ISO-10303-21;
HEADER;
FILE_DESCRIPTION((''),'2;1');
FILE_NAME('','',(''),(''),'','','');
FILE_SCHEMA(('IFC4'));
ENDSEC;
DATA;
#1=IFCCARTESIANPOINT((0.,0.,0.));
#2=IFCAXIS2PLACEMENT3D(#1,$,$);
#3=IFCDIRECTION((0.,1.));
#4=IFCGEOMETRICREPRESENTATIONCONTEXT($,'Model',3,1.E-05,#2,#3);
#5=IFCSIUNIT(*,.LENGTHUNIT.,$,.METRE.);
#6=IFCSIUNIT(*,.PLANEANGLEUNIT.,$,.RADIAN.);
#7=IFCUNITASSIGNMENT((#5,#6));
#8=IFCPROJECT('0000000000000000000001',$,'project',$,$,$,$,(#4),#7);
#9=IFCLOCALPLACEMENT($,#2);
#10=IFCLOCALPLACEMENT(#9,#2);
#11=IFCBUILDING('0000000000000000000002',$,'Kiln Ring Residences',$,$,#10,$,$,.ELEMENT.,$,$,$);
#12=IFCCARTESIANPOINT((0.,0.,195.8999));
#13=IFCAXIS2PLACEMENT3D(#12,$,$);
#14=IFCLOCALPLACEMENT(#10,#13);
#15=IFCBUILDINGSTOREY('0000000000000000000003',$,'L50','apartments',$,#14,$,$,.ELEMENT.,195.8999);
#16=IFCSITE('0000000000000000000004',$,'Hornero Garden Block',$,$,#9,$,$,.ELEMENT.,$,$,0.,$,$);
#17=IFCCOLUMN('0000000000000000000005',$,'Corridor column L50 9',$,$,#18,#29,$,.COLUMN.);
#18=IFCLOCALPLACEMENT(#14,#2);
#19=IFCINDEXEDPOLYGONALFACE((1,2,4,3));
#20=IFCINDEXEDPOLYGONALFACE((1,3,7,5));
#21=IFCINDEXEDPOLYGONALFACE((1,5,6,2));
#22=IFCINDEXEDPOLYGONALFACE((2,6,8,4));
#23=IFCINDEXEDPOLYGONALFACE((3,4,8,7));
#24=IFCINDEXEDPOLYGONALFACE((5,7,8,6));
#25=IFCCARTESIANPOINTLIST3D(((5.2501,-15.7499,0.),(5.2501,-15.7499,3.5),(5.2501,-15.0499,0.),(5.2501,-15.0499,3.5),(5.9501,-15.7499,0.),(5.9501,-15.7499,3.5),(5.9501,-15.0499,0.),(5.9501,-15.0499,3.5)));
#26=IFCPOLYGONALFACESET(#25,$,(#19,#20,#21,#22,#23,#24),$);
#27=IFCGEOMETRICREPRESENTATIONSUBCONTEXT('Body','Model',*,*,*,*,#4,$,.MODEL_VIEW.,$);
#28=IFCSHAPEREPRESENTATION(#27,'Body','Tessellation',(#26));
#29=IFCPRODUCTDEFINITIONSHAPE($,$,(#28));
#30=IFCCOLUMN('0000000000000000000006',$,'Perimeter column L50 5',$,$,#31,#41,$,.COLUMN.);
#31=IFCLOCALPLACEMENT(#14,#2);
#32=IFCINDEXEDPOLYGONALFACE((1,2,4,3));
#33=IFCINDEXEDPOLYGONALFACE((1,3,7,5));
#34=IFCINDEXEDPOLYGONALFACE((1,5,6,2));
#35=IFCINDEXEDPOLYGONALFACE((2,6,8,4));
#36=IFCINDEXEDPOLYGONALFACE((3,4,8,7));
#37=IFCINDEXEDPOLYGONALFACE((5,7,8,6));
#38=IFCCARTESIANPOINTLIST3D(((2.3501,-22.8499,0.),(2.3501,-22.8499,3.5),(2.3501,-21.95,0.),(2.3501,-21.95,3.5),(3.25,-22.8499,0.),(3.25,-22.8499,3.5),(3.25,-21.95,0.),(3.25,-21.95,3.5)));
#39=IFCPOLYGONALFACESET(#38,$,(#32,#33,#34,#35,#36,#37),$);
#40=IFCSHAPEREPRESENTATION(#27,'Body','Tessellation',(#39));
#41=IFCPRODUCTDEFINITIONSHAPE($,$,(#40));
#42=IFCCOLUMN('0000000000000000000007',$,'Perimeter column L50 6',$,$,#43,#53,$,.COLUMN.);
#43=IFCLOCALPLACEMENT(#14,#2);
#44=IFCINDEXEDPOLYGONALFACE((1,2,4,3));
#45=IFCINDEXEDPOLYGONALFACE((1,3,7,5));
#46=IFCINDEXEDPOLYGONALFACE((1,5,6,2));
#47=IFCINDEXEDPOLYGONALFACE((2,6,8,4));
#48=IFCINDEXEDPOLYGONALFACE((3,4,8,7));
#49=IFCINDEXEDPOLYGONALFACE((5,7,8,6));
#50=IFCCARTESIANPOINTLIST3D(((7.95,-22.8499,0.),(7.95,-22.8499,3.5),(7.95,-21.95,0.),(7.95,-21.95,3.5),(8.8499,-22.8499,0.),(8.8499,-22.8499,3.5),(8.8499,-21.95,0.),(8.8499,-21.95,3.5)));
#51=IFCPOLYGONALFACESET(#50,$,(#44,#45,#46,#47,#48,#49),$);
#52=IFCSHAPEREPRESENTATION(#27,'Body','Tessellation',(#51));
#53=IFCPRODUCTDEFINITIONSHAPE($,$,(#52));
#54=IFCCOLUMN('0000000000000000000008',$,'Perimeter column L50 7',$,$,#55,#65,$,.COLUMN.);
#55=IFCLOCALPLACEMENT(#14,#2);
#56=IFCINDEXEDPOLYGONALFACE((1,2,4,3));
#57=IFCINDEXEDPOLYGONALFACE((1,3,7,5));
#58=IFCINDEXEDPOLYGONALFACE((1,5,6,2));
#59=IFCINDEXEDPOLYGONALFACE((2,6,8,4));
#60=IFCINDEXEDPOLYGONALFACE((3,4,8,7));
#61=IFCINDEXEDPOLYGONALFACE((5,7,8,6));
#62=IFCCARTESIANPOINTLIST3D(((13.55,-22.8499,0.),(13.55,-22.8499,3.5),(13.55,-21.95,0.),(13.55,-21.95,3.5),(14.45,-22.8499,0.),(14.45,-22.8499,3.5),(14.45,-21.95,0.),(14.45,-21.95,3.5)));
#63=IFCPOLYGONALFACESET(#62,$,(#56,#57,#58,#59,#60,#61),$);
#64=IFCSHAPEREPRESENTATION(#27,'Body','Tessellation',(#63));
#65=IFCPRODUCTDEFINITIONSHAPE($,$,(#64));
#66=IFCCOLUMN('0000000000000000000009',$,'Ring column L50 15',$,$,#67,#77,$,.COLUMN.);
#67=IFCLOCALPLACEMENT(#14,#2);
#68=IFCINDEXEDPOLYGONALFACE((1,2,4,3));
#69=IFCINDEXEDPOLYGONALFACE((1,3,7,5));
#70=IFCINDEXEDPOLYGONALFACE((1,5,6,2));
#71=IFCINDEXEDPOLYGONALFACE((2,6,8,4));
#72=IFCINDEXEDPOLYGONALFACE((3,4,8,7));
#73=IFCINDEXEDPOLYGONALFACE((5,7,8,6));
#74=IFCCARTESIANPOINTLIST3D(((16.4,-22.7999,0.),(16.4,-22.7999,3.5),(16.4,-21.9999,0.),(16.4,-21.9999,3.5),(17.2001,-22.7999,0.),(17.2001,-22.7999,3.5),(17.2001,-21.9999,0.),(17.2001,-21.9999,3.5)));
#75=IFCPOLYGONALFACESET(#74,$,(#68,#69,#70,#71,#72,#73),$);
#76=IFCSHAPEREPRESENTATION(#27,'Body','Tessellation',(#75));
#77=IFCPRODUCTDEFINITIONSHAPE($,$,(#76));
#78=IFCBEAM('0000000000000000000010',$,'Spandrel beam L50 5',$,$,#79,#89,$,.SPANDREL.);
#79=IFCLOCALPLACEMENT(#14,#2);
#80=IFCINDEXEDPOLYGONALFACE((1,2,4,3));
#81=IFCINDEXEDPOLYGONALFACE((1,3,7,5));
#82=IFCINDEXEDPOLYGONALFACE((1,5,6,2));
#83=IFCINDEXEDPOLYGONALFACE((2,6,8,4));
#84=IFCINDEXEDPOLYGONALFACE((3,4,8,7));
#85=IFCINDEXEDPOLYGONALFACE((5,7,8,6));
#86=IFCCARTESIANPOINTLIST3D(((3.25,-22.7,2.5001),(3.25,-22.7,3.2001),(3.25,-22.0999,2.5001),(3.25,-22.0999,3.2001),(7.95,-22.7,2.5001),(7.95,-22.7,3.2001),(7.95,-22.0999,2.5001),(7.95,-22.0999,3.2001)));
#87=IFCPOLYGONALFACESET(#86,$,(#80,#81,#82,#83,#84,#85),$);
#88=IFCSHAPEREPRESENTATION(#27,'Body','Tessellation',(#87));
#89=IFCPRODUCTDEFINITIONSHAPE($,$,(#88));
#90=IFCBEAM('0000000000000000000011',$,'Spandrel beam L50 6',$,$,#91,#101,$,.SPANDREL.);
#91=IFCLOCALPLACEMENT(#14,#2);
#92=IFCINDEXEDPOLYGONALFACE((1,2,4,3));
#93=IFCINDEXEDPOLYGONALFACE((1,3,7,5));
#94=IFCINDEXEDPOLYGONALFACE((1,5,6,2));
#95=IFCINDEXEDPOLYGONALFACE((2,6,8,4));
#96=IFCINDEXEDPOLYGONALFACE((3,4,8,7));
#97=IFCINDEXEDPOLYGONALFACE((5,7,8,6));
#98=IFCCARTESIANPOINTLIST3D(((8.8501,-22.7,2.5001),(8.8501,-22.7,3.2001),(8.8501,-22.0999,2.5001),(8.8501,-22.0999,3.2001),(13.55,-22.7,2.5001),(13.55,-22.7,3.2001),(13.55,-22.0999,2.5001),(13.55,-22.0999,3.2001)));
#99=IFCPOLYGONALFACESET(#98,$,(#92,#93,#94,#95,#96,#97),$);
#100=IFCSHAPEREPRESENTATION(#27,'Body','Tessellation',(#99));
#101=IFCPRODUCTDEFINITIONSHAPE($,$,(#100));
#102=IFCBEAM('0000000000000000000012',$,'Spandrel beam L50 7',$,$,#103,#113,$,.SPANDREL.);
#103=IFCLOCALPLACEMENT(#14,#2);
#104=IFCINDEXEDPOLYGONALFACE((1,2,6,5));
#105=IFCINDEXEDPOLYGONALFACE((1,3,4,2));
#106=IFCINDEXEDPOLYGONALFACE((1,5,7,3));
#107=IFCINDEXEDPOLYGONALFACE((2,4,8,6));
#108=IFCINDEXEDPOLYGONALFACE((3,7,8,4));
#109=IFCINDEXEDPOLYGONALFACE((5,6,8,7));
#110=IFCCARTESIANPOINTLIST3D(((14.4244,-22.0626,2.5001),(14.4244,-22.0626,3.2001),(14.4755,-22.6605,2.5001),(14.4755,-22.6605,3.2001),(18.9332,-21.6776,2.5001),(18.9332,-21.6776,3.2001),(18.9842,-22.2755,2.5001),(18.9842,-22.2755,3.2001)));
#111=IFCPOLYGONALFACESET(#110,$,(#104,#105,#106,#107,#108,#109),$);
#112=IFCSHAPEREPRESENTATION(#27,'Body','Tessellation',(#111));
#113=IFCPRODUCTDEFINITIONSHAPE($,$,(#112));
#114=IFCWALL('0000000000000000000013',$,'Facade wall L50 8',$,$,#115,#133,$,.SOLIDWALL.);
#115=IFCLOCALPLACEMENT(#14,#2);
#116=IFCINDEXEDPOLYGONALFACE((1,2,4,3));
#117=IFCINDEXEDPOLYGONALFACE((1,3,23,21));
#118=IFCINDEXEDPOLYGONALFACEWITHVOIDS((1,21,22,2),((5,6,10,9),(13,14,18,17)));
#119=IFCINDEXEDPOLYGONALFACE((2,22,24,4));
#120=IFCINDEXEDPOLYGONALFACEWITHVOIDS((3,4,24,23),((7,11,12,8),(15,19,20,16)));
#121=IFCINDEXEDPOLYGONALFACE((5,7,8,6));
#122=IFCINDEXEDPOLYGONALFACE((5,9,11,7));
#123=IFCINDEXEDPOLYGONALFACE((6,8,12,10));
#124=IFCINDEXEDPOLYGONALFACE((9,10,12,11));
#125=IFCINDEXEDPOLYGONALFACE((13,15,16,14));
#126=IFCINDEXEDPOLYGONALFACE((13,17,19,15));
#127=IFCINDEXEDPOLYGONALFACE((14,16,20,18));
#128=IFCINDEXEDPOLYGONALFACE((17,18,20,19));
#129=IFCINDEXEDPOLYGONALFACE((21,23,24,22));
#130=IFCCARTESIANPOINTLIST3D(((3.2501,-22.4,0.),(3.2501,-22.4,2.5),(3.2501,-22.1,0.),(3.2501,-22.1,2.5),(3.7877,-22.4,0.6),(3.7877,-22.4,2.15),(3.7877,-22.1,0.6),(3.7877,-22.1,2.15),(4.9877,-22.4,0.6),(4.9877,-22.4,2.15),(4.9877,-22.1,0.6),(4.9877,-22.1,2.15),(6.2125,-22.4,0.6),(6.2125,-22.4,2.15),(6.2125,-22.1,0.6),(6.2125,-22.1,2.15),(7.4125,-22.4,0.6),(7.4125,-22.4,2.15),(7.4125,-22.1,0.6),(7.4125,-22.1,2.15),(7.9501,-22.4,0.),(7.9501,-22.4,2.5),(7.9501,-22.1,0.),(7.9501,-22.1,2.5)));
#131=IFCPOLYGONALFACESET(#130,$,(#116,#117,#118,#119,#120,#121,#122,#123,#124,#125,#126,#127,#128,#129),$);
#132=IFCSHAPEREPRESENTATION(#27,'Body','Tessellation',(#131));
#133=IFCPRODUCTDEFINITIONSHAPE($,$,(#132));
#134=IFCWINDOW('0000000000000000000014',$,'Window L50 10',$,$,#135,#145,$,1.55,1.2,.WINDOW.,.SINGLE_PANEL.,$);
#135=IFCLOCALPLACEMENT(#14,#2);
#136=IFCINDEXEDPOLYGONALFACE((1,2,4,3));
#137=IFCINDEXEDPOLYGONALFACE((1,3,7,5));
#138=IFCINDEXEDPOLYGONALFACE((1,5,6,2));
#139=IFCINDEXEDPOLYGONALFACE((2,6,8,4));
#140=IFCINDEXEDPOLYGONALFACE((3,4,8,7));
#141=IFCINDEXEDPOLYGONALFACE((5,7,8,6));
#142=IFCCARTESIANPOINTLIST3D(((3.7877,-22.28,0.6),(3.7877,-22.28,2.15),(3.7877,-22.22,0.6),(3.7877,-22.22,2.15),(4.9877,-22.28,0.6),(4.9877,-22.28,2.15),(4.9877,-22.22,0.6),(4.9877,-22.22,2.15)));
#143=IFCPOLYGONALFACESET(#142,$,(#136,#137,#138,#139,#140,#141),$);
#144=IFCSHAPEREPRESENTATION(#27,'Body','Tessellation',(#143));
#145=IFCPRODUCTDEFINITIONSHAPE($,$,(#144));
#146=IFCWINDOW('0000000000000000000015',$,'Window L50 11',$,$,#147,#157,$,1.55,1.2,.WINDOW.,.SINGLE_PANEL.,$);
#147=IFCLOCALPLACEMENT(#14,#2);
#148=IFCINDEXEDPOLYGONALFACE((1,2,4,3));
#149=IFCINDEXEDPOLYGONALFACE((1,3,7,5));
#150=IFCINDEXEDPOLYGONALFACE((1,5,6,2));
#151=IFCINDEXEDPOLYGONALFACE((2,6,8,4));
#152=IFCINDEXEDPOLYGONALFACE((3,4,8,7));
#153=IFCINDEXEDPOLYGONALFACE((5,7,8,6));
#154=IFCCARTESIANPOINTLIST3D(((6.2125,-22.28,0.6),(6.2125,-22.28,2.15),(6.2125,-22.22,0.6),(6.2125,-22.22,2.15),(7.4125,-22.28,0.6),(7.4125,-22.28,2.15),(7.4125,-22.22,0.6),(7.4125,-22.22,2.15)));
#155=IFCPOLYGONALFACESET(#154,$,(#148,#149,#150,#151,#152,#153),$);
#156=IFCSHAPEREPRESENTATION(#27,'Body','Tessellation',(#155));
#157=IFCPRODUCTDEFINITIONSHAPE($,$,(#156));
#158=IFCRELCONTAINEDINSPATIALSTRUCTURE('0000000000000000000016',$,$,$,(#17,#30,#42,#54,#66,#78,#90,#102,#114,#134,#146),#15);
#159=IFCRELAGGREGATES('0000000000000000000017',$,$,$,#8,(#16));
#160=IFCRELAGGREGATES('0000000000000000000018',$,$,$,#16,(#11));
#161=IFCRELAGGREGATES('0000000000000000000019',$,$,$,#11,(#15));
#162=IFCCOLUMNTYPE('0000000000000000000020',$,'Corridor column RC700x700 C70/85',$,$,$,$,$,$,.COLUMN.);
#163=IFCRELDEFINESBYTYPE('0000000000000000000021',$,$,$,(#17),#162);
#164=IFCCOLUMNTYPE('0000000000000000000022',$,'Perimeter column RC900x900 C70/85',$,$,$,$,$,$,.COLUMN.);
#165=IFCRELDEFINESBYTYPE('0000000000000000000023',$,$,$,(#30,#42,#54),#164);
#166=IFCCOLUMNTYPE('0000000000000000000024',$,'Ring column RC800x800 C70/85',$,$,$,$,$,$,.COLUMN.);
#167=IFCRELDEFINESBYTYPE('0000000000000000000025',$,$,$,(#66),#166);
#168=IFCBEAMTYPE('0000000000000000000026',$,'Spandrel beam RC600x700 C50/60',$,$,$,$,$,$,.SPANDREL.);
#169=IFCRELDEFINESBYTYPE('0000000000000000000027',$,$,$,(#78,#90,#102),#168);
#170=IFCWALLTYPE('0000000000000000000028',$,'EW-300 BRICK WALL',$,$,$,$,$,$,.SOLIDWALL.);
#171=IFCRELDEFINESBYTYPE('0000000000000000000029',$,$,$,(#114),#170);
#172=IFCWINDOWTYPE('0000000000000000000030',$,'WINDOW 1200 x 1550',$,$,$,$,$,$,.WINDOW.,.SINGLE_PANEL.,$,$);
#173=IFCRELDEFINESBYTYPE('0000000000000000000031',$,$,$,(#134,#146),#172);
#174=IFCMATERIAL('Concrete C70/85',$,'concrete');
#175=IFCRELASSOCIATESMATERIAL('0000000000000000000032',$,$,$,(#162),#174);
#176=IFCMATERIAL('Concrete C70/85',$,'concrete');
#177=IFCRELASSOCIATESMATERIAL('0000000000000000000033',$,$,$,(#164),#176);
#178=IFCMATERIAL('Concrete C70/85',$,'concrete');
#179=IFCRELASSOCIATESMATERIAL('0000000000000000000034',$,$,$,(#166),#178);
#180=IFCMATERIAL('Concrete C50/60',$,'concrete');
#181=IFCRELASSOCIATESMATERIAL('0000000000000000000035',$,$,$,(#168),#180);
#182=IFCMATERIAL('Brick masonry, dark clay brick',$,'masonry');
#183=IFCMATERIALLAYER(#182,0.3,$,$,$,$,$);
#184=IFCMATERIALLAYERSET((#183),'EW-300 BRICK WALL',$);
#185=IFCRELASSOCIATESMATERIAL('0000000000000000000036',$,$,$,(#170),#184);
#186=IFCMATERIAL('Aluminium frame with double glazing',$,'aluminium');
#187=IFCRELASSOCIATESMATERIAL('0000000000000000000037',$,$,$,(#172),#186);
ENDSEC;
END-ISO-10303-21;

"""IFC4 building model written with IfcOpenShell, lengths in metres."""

from ifc_helpers import new_model, si_unit, direction, frame, frame_2d, origin, origin_2d, place, context, subcontext, project, spatial, rectangle, extrude, material, layer, layer_set, material_profile, profile_set, type_object, element, fill, save


model = new_model("IFC4")

# Units and contexts
model_context = context("Model", 3, precision=1e-05, world=origin(), true_north=direction((0.0, 1.0)))
body_context = subcontext(model_context, "Body", "Model", "MODEL_VIEW")
ifc_project = project(units=[si_unit("LENGTHUNIT", "METRE"), si_unit("PLANEANGLEUNIT", "RADIAN")], contexts=[model_context])

# Site, building, storey
site_placement = place(None, origin())
site = spatial("IfcSite", under=ifc_project, at=site_placement, Name="Hornero Garden Block", CompositionType="ELEMENT", RefElevation=0.0)
building_placement = place(site_placement, origin())
building = spatial("IfcBuilding", under=site, at=building_placement, Name="Kiln Ring Residences", CompositionType="ELEMENT")
storey_placement = place(building_placement, frame((0.0, 0.0, 195.8999)))
storey = spatial("IfcBuildingStorey", under=building, at=storey_placement, Name="L50", Description="apartments", CompositionType="ELEMENT", Elevation=195.8999)

# Columns
ifc_material_1 = material(Name="Concrete C70/85", Category="concrete")
ifc_material_profile_1 = material_profile(ifc_material_1, rectangle(XDim=0.7, YDim=0.7, at=origin_2d()), Name="RC700x700")
ifc_profile_set_1 = profile_set([ifc_material_profile_1], Name="Concrete C70/85")
column_type_1 = type_object("IfcColumnType", Name="Corridor column RC700x700 C70/85", PredefinedType="COLUMN", material=ifc_profile_set_1)
column_1_placement = place(storey_placement, frame((5.6001, -15.3999, 0.0), z_axis=(0.0, 0.0, 1.0), x_axis=(1.0, 0.0, 0.0)))
element("IfcColumn", 1, at=column_1_placement, inside=storey, type_object=column_type_1, Name="Corridor column L50 9", PredefinedType="COLUMN", context=body_context, shape_type="SweptSolid", body=[
    extrude(rectangle(XDim=0.7, YDim=0.7, at=origin_2d()), origin(), (0.0, 0.0, 1.0), 3.5),
])
ifc_material_2 = material(Name="Concrete C70/85", Category="concrete")
ifc_material_profile_2 = material_profile(ifc_material_2, rectangle(XDim=0.8999, YDim=0.8999, at=origin_2d()), Name="RC900x900")
ifc_profile_set_2 = profile_set([ifc_material_profile_2], Name="Concrete C70/85")
column_type_2 = type_object("IfcColumnType", Name="Perimeter column RC900x900 C70/85", PredefinedType="COLUMN", material=ifc_profile_set_2)
for number, where, z_axis, x_axis, name in (
    (2, (2.8, -22.3999, 0.0), (0.0, 0.0, 1.0), (1.0, 0.0, 0.0), "Perimeter column L50 5"),
    (3, (8.3999, -22.3999, 0.0), (0.0, 0.0, 1.0), (1.0, 0.0, 0.0), "Perimeter column L50 6"),
    (4, (14.0, -22.3999, 0.0), (0.0, 0.0, 1.0), (1.0, 0.0, 0.0), "Perimeter column L50 7"),
):
    element("IfcColumn", number, at=place(storey_placement, frame(where, z_axis=z_axis, x_axis=x_axis)), inside=storey, type_object=column_type_2, Name=name, PredefinedType="COLUMN", context=body_context, shape_type="SweptSolid", body=[
        extrude(rectangle(XDim=0.8999, YDim=0.8999, at=origin_2d()), origin(), (0.0, 0.0, 1.0), 3.5),
    ])
ifc_material_3 = material(Name="Concrete C70/85", Category="concrete")
ifc_material_profile_3 = material_profile(ifc_material_3, rectangle(XDim=0.8, YDim=0.8, at=origin_2d()), Name="RC800x800")
ifc_profile_set_3 = profile_set([ifc_material_profile_3], Name="Concrete C70/85")
column_type_3 = type_object("IfcColumnType", Name="Ring column RC800x800 C70/85", PredefinedType="COLUMN", material=ifc_profile_set_3)
column_2_placement = place(storey_placement, frame((16.8, -22.3999, 0.0), z_axis=(0.0, 0.0, 1.0), x_axis=(1.0, 0.0, 0.0)))
element("IfcColumn", 5, at=column_2_placement, inside=storey, type_object=column_type_3, Name="Ring column L50 15", PredefinedType="COLUMN", context=body_context, shape_type="SweptSolid", body=[
    extrude(rectangle(XDim=0.8, YDim=0.8, at=origin_2d()), origin(), (0.0, 0.0, 1.0), 3.5),
])

# Beams
ifc_material_4 = material(Name="Concrete C50/60", Category="concrete")
ifc_material_profile_4 = material_profile(ifc_material_4, rectangle(XDim=0.6001, YDim=0.7, at=origin_2d()), Name="RC600x700")
ifc_profile_set_4 = profile_set([ifc_material_profile_4], Name="Concrete C50/60")
beam_type = type_object("IfcBeamType", Name="Spandrel beam RC600x700 C50/60", PredefinedType="SPANDREL", material=ifc_profile_set_4)
for number, where, z_axis, x_axis, name in (
    (6, (3.25, -22.3999, 2.8501), (1.0, 0.0, 0.0), (0.0, 1.0, 0.0), "Spandrel beam L50 5"),
    (7, (8.8501, -22.3999, 2.8501), (1.0, 0.0, 0.0), (0.0, 1.0, 0.0), "Spandrel beam L50 6"),
):
    element("IfcBeam", number, at=place(storey_placement, frame(where, z_axis=z_axis, x_axis=x_axis)), inside=storey, type_object=beam_type, Name=name, PredefinedType="SPANDREL", context=body_context, shape_type="SweptSolid", body=[
        extrude(rectangle(XDim=0.6001, YDim=0.7, at=origin_2d()), origin(), (0.0, 0.0, 1.0), 4.7),
    ])
beam_placement = place(storey_placement, frame((14.45, -22.3616, 2.8501), z_axis=(0.996374, 0.085081, 0.0), x_axis=(-0.085081, 0.996374, 0.0)))
element("IfcBeam", 8, at=beam_placement, inside=storey, type_object=beam_type, Name="Spandrel beam L50 7", PredefinedType="SPANDREL", context=body_context, shape_type="SweptSolid", body=[
    extrude(rectangle(XDim=0.6001, YDim=0.7, at=origin_2d()), origin(), (0.0, 0.0, 1.0), 4.5251),
])

# Wall, openings, windows
ifc_material_5 = material(Name="Brick masonry, dark clay brick", Category="masonry")
ifc_layer_1 = layer(ifc_material_5, 0.3)
ifc_layer_set_1 = layer_set([ifc_layer_1], Name="EW-300 BRICK WALL")
wall_type_1 = type_object("IfcWallType", Name="EW-300 BRICK WALL", PredefinedType="SOLIDWALL", material=ifc_layer_set_1)
wall_1_placement = place(storey_placement, frame((3.25, -22.25, 0.0), z_axis=(0.0, 0.0, 1.0), x_axis=(1.0, 0.0, 0.0)))
wall_1 = element("IfcWall", 9, at=wall_1_placement, inside=storey, type_object=wall_type_1, Name="Facade wall L50 8", PredefinedType="SOLIDWALL", context=body_context, shape_type="SweptSolid", body=[
    extrude(rectangle(XDim=4.7, YDim=0.3, at=frame_2d((2.3501, 0.0))), origin(), (0.0, 0.0, 1.0), 2.5),
])
opening_1_placement = place(wall_1_placement, frame((0.5376, 0.0, 0.6001)))
opening_1 = element("IfcOpeningElement", 10, at=opening_1_placement, cuts=wall_1, PredefinedType="OPENING", context=body_context, shape_type="SweptSolid", body=[
    extrude(rectangle(XDim=1.2, YDim=1.55, at=frame_2d((0.6001, 0.7749))), frame((0.0, 0.1599, 0.0), z_axis=(0.0, -1.0, 0.0), x_axis=(1.0, 0.0, 0.0)), (0.0, 0.0, 1.0), 0.3201),
])
opening_2_placement = place(wall_1_placement, frame((2.9624, 0.0, 0.6001)))
opening_2 = element("IfcOpeningElement", 11, at=opening_2_placement, cuts=wall_1, PredefinedType="OPENING", context=body_context, shape_type="SweptSolid", body=[
    extrude(rectangle(XDim=1.2, YDim=1.55, at=frame_2d((0.6001, 0.7749))), frame((0.0, 0.1599, 0.0), z_axis=(0.0, -1.0, 0.0), x_axis=(1.0, 0.0, 0.0)), (0.0, 0.0, 1.0), 0.3201),
])
ifc_material_6 = material(Name="Aluminium frame with double glazing", Category="aluminium")
window_type = type_object("IfcWindowType", Name="WINDOW 1200 x 1550", PartitioningType="SINGLE_PANEL", PredefinedType="WINDOW", material=ifc_material_6)
window_1_placement = place(opening_1_placement, origin())
window_1 = element("IfcWindow", 12, at=window_1_placement, inside=storey, type_object=window_type, Name="Window L50 10", OverallHeight=1.55, OverallWidth=1.2, PartitioningType="SINGLE_PANEL", PredefinedType="WINDOW", context=body_context, shape_type="SweptSolid", body=[
    extrude(rectangle(XDim=1.2, YDim=1.55, at=frame_2d((0.6001, 0.7749))), frame((0.0, 0.03, 0.0), z_axis=(0.0, -1.0, 0.0), x_axis=(1.0, 0.0, 0.0)), (0.0, 0.0, 1.0), 0.0601),
])
fill(opening_1, window_1)
window_2_placement = place(opening_2_placement, origin())
window_2 = element("IfcWindow", 13, at=window_2_placement, inside=storey, type_object=window_type, Name="Window L50 11", OverallHeight=1.55, OverallWidth=1.2, PartitioningType="SINGLE_PANEL", PredefinedType="WINDOW", context=body_context, shape_type="SweptSolid", body=[
    extrude(rectangle(XDim=1.2, YDim=1.55, at=frame_2d((0.6001, 0.7749))), frame((0.0, 0.03, 0.0), z_axis=(0.0, -1.0, 0.0), x_axis=(1.0, 0.0, 0.0)), (0.0, 0.0, 1.0), 0.0601),
])
fill(opening_2, window_2)

save(model, "model.ifc")
